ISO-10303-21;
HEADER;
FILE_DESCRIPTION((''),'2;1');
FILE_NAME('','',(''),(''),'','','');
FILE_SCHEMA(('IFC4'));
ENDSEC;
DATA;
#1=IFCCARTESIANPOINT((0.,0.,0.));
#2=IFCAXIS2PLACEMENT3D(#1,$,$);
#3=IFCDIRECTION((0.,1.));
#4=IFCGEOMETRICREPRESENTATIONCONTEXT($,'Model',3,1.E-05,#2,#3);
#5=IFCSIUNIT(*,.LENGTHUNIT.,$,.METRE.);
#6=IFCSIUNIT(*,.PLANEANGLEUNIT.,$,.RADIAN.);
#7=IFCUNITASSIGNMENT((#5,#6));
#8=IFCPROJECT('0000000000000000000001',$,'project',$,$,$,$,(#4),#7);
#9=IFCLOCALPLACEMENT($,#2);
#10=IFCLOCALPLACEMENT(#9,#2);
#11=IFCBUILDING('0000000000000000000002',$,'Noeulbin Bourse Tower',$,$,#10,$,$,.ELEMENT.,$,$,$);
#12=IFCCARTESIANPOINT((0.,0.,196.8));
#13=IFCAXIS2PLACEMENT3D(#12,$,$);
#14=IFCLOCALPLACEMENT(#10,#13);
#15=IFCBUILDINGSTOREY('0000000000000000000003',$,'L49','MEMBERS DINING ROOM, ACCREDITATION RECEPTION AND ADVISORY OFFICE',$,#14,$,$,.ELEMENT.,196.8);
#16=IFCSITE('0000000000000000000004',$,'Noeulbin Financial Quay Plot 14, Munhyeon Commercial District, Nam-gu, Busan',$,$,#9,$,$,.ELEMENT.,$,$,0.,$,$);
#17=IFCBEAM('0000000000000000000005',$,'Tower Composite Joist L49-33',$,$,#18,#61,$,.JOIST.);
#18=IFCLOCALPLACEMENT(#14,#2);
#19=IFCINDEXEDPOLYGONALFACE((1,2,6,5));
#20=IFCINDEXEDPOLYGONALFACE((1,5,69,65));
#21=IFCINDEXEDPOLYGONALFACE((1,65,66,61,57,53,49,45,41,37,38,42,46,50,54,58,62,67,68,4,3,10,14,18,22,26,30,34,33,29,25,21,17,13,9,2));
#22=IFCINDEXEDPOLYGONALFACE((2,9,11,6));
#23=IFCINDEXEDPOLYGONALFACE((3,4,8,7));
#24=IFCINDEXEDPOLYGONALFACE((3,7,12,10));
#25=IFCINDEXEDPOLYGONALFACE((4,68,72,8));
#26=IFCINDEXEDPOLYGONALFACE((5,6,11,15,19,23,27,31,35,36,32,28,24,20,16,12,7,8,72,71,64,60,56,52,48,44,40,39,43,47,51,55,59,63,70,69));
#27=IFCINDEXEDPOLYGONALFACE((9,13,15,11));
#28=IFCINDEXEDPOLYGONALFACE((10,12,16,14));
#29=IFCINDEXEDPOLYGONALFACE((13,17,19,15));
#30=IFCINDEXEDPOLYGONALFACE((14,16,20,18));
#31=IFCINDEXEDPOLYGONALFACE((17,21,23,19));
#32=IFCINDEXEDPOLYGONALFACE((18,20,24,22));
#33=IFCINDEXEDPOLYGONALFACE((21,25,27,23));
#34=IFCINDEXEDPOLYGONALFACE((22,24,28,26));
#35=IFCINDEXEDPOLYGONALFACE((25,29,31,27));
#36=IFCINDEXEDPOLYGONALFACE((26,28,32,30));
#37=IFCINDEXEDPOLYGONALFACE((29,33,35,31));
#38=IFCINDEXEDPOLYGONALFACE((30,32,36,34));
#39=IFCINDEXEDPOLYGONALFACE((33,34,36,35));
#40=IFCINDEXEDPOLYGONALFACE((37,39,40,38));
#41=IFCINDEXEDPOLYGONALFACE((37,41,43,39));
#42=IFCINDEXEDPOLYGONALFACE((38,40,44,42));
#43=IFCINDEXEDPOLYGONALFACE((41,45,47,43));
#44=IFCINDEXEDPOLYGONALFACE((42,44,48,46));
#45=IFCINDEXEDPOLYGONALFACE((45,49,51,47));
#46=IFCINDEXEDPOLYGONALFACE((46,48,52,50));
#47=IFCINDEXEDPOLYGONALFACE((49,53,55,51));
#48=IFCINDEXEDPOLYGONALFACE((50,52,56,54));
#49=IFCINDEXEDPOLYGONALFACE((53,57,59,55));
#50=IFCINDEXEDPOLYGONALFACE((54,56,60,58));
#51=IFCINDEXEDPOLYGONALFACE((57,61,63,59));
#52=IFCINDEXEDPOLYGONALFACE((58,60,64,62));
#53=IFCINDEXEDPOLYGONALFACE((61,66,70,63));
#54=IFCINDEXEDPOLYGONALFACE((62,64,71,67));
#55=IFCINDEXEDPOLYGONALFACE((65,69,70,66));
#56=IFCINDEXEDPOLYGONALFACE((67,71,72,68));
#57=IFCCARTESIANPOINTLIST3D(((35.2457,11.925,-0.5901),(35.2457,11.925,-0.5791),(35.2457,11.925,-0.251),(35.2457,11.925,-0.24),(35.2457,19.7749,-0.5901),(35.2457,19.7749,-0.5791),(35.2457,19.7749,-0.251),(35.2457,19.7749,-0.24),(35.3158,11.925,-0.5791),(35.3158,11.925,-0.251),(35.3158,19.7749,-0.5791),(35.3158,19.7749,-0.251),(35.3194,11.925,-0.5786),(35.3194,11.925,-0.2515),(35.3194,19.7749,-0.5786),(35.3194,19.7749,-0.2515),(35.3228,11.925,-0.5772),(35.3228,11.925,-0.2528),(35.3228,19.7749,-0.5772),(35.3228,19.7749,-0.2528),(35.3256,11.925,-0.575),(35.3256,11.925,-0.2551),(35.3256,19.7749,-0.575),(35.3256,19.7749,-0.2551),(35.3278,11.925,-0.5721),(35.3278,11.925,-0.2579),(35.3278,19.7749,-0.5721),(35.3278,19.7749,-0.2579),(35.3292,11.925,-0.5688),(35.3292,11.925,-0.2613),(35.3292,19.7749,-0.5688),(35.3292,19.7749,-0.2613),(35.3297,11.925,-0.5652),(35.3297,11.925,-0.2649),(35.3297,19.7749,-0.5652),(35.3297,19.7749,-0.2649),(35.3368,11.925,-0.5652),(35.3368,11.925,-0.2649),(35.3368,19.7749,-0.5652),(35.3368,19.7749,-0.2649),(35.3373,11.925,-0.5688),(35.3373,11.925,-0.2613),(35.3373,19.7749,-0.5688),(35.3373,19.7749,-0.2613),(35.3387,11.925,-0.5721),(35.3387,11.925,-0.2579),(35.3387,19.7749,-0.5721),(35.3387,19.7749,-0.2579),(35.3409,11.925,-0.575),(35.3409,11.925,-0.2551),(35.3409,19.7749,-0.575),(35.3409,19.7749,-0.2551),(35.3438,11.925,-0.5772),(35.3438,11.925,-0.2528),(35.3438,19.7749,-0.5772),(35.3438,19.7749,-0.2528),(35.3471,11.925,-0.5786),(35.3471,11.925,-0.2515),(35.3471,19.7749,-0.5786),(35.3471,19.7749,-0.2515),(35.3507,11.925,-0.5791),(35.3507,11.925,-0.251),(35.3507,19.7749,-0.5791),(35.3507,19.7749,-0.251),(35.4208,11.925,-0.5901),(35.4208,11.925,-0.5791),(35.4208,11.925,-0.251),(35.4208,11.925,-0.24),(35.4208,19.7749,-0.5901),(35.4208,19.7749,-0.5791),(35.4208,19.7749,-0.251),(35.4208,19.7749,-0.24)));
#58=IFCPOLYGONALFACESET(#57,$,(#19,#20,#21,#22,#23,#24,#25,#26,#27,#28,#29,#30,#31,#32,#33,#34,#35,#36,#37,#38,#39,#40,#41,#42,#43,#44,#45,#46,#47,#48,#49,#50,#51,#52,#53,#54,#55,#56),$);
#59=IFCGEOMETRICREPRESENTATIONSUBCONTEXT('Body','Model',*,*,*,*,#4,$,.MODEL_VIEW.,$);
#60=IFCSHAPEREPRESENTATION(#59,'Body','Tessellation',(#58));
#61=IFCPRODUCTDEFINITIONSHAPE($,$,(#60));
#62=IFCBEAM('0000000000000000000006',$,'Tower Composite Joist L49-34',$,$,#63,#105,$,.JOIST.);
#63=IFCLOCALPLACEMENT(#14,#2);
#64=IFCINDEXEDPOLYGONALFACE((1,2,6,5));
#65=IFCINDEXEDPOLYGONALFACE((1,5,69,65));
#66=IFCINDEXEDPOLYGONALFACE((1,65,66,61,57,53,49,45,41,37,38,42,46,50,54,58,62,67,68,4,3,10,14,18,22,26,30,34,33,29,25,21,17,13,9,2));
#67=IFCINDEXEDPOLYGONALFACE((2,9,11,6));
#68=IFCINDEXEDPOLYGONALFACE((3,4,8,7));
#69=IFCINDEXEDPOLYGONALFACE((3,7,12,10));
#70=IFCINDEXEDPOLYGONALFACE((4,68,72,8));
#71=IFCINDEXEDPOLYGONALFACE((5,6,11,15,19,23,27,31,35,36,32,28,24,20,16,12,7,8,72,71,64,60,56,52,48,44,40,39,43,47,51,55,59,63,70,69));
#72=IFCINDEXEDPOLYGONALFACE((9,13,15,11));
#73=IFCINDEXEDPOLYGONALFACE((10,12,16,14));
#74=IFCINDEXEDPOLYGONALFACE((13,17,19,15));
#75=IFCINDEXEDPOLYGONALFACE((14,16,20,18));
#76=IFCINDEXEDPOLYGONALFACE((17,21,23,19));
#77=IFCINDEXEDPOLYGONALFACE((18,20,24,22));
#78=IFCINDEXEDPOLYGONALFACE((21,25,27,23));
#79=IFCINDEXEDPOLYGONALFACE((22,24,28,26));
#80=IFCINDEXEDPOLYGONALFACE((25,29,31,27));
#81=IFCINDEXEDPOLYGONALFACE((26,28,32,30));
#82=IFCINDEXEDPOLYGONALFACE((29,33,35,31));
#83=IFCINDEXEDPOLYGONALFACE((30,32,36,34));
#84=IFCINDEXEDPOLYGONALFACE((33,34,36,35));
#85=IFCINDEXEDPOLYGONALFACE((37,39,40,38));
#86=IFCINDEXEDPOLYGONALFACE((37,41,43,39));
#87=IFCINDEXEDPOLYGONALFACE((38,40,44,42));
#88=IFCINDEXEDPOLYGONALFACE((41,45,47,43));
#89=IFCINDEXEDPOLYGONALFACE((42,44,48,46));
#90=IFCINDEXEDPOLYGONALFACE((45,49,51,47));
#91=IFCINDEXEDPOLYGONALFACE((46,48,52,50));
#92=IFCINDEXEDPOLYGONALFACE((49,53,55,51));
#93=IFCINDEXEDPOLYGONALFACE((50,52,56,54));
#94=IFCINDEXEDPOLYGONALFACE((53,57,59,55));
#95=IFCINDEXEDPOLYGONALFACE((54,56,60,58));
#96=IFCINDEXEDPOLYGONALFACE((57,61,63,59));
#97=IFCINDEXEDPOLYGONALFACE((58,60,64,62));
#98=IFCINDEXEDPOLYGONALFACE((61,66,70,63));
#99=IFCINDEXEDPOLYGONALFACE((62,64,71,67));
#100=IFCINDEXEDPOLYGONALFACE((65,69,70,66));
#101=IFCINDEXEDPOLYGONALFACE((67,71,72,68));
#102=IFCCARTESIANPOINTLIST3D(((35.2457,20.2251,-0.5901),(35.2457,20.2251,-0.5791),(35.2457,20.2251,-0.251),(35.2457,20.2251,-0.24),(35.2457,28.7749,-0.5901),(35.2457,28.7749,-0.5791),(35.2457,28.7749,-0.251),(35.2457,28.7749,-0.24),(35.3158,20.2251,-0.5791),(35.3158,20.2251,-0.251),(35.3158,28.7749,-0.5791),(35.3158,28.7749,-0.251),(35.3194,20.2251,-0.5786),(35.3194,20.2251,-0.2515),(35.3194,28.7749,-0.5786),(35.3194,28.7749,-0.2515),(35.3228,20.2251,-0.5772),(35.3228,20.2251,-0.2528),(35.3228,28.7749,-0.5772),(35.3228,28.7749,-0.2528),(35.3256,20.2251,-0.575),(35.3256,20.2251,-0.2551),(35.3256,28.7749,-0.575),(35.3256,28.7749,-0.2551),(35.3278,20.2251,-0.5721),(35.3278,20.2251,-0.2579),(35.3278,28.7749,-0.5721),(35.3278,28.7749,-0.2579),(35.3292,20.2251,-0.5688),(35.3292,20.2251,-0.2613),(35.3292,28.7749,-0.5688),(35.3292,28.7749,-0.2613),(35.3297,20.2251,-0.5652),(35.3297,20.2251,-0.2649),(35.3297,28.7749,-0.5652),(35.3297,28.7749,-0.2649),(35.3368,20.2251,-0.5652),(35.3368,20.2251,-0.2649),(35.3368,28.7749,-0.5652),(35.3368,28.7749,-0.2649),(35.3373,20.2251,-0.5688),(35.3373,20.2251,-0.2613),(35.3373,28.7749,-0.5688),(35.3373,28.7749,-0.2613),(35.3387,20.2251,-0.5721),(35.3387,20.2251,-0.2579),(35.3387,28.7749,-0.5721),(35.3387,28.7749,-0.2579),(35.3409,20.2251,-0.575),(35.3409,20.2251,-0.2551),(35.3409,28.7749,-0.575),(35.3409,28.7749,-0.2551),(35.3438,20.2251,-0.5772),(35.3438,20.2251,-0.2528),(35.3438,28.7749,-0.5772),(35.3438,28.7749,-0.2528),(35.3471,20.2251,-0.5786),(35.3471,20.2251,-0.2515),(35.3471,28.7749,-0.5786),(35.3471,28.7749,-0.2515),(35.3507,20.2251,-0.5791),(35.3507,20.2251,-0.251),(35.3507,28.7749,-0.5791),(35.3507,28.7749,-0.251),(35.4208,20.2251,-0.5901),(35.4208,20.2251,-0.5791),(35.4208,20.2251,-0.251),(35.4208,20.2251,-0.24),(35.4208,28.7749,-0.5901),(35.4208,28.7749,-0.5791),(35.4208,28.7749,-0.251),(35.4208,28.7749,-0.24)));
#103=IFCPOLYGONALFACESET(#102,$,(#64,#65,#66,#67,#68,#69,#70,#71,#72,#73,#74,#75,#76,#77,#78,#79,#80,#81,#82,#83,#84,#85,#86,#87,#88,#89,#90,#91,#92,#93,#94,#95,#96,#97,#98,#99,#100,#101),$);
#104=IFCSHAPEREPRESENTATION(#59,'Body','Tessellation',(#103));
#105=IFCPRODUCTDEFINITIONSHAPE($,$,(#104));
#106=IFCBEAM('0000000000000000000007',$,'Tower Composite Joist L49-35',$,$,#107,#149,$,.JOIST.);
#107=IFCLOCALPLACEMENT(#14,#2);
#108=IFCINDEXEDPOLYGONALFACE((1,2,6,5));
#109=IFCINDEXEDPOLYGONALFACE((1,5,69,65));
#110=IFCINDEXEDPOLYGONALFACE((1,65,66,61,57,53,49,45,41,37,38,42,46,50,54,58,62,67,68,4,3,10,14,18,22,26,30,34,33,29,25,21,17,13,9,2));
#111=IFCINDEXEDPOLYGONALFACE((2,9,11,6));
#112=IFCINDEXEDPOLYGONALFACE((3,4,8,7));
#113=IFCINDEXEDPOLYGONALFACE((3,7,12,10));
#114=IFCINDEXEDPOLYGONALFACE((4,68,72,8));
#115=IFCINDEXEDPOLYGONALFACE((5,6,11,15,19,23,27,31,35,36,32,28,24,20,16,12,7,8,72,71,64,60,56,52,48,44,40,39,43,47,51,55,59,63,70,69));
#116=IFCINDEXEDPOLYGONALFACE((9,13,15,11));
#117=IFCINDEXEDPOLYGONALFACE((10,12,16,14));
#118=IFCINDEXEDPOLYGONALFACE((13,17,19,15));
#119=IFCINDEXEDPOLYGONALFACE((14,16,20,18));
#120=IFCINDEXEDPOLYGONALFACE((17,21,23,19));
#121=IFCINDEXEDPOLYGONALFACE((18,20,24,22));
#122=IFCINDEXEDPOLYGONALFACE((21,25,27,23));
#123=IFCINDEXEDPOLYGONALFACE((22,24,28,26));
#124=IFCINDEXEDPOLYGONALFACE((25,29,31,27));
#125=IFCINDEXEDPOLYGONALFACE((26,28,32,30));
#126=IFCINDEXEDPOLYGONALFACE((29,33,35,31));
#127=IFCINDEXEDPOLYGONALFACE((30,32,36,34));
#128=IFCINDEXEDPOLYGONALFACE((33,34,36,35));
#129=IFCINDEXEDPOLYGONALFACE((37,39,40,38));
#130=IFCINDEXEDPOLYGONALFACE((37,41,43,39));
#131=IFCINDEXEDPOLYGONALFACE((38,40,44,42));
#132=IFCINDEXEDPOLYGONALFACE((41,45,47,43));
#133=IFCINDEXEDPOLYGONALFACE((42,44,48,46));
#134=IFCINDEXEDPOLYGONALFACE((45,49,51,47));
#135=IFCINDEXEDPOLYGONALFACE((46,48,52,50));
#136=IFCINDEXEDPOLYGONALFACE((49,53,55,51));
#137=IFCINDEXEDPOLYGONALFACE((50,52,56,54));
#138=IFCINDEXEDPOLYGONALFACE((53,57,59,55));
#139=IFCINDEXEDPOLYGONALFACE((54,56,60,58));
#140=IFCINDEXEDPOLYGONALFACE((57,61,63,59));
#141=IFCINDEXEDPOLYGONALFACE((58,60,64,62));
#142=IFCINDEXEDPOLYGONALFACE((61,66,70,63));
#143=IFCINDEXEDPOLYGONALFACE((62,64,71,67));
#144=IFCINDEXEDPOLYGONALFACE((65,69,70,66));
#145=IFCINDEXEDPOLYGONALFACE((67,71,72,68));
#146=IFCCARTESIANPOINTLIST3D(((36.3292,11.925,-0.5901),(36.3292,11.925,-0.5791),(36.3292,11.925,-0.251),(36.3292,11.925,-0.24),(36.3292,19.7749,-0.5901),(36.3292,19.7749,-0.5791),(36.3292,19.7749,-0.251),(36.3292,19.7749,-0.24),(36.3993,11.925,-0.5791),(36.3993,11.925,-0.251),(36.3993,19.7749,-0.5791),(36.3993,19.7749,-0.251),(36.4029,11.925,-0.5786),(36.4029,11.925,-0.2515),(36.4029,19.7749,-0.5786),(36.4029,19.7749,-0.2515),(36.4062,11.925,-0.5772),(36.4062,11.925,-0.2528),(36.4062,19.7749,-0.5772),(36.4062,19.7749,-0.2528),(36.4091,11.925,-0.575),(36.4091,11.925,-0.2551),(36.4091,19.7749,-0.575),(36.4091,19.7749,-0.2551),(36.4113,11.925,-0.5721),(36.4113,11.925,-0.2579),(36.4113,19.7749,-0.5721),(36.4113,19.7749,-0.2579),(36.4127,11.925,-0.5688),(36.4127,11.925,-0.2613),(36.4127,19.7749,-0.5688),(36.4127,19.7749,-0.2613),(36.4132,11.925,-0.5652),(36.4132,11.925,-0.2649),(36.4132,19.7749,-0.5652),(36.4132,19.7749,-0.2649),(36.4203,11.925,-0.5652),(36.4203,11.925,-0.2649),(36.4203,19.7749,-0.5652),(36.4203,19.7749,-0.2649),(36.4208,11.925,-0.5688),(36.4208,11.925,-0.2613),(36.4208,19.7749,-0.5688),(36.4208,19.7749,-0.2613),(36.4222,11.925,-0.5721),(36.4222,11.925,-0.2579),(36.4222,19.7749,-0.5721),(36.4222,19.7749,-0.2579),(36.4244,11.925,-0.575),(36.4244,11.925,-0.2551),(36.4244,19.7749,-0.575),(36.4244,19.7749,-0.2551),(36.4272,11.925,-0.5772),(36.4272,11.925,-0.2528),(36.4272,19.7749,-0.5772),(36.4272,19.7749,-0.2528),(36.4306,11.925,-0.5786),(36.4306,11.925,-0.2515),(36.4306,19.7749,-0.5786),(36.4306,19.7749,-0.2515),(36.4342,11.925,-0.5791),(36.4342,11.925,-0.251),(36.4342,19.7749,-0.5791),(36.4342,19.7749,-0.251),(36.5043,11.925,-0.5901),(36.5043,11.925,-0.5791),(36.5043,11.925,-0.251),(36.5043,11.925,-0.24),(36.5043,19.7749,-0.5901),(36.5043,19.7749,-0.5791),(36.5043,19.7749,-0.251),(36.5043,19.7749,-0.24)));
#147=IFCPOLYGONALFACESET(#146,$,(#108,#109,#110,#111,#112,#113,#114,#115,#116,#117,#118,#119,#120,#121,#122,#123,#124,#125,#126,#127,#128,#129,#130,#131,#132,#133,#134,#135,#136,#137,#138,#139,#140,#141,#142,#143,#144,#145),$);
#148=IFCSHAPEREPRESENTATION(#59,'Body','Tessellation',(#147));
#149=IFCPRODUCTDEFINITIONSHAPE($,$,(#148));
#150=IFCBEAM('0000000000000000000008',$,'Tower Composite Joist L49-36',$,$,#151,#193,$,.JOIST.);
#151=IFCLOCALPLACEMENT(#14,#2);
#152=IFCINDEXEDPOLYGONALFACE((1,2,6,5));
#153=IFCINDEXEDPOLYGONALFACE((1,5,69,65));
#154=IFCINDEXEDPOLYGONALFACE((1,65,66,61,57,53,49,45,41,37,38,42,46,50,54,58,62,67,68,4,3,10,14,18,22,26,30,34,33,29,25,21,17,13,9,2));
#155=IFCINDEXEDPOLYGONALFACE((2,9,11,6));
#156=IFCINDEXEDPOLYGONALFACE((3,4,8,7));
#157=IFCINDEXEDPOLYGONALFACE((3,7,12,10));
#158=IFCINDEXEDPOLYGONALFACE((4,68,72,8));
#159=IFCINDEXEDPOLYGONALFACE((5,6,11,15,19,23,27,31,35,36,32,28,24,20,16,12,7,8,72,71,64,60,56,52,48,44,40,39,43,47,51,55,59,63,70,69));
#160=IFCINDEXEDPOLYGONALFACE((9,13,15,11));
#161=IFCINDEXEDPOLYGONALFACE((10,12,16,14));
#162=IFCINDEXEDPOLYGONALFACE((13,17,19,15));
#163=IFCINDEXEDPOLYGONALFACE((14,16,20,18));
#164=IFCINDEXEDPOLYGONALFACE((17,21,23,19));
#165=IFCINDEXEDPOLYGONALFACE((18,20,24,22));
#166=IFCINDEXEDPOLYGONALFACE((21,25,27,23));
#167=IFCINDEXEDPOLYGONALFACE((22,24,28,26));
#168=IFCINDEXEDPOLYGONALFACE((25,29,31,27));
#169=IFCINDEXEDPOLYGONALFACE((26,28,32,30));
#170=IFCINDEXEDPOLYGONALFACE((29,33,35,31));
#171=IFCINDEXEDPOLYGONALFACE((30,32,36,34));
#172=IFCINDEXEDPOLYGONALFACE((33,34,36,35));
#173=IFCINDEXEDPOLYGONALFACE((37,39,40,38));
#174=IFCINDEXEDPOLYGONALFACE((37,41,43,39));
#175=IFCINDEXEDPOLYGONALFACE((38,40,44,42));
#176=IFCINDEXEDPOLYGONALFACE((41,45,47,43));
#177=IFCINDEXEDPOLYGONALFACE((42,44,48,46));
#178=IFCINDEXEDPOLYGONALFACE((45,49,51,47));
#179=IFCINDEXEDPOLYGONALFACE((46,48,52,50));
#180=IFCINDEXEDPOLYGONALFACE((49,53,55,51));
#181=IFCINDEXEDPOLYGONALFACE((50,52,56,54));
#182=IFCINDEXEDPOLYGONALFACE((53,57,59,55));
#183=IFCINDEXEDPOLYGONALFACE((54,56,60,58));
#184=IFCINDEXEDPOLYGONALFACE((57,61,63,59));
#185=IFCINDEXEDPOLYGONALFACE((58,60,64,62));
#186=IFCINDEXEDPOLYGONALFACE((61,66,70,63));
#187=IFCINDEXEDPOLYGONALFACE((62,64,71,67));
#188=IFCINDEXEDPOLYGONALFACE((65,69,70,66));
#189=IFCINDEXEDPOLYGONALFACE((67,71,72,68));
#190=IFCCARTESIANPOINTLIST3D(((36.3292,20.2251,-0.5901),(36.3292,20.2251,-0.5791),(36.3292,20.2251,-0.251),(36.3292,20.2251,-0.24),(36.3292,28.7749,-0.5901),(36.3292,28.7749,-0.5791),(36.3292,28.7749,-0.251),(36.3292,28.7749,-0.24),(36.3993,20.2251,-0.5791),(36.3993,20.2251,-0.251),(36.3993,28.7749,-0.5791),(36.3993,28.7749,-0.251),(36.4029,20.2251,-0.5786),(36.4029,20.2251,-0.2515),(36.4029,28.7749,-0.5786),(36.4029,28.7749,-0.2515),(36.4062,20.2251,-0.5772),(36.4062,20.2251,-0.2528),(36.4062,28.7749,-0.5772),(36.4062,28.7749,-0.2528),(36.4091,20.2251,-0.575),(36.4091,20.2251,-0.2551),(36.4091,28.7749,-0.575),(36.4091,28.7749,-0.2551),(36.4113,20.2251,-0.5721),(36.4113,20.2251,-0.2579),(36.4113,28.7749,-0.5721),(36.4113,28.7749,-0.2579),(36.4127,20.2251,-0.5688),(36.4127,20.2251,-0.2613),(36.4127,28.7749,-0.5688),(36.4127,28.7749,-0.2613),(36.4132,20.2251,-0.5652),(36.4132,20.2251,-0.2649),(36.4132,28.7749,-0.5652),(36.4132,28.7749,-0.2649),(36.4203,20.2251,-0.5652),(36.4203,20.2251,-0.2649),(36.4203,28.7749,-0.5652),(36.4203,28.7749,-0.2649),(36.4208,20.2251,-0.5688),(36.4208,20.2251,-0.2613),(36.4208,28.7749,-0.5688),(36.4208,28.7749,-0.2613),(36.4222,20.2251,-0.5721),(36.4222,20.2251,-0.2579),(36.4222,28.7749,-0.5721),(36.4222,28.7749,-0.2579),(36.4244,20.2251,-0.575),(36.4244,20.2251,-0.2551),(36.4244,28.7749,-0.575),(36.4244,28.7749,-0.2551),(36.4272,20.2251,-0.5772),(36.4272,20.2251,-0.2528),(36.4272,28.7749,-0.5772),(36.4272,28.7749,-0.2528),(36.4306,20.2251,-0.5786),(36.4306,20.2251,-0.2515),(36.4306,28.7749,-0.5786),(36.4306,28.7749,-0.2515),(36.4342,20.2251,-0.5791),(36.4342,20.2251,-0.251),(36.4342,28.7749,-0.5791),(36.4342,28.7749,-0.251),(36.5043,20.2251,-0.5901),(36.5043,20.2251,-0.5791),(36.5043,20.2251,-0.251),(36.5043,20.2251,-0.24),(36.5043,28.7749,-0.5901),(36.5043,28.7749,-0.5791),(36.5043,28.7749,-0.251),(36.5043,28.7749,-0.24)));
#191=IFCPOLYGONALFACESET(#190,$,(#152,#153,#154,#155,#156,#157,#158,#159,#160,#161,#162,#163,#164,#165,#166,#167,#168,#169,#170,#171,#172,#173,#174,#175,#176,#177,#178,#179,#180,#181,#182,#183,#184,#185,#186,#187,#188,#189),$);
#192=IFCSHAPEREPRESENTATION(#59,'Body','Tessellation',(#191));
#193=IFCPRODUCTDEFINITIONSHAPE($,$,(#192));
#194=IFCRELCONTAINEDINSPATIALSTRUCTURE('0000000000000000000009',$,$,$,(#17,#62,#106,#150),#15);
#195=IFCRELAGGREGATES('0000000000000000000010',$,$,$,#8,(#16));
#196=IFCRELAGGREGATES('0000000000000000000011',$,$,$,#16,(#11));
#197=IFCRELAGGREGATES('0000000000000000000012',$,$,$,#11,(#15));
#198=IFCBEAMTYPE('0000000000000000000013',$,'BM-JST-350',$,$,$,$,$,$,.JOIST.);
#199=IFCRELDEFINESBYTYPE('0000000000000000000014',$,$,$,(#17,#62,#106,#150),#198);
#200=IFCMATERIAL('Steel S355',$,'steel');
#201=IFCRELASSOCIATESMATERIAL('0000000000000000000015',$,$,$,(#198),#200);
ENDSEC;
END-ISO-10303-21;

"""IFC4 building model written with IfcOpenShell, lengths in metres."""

from ifc_helpers import new_model, si_unit, direction, frame, origin, origin_2d, place, context, subcontext, project, spatial, i_section, extrude, material, material_profile, profile_set, type_object, element, save


model = new_model("IFC4")

# Units and contexts
model_context = context("Model", 3, precision=1e-05, world=origin(), true_north=direction((0.0, 1.0)))
body_context = subcontext(model_context, "Body", "Model", "MODEL_VIEW")
ifc_project = project(units=[si_unit("LENGTHUNIT", "METRE"), si_unit("PLANEANGLEUNIT", "RADIAN")], contexts=[model_context])

# Site, building, storey
site_placement = place(None, origin())
site = spatial("IfcSite", under=ifc_project, at=site_placement, Name="Noeulbin Financial Quay Plot 14, Munhyeon Commercial District, Nam-gu, Busan", CompositionType="ELEMENT", RefElevation=0.0)
building_placement = place(site_placement, origin())
building = spatial("IfcBuilding", under=site, at=building_placement, Name="Noeulbin Bourse Tower", CompositionType="ELEMENT")
storey_placement = place(building_placement, frame((0.0, 0.0, 196.8)))
storey = spatial("IfcBuildingStorey", under=building, at=storey_placement, Name="L49", Description="MEMBERS DINING ROOM, ACCREDITATION RECEPTION AND ADVISORY OFFICE", CompositionType="ELEMENT", Elevation=196.8)

# Beams
ifc_material_1 = material(Name="Steel S355", Category="steel")
ifc_material_profile_1 = material_profile(ifc_material_1, i_section(OverallWidth=0.175, OverallDepth=0.3501, WebThickness=0.0071, FlangeThickness=0.011, FilletRadius=0.0139, at=origin_2d()), Name="H-350x175x7x11", Category="LoadBearing")
ifc_profile_set_1 = profile_set([ifc_material_profile_1], Name="Steel S355")
beam_type_1 = type_object("IfcBeamType", Name="BM-JST-350", PredefinedType="JOIST", material=ifc_profile_set_1)
beam_1_placement = place(storey_placement, frame((35.3333, 11.925, -0.415), z_axis=(0.0, 1.0, 0.0), x_axis=(-1.0, 0.0, 0.0)))
element("IfcBeam", 1, at=beam_1_placement, inside=storey, type_object=beam_type_1, Name="Tower Composite Joist L49-33", PredefinedType="JOIST", context=body_context, shape_type="SweptSolid", body=[
    extrude(i_section(OverallWidth=0.175, OverallDepth=0.3501, WebThickness=0.0071, FlangeThickness=0.011, FilletRadius=0.0139, at=origin_2d()), origin(), (0.0, 0.0, 1.0), 7.8499),
])
beam_2_placement = place(storey_placement, frame((35.3333, 20.2251, -0.415), z_axis=(0.0, 1.0, 0.0), x_axis=(-1.0, 0.0, 0.0)))
element("IfcBeam", 2, at=beam_2_placement, inside=storey, type_object=beam_type_1, Name="Tower Composite Joist L49-34", PredefinedType="JOIST", context=body_context, shape_type="SweptSolid", body=[
    extrude(i_section(OverallWidth=0.175, OverallDepth=0.3501, WebThickness=0.0071, FlangeThickness=0.011, FilletRadius=0.0139, at=origin_2d()), origin(), (0.0, 0.0, 1.0), 8.5498),
])
beam_3_placement = place(storey_placement, frame((36.4167, 11.925, -0.415), z_axis=(0.0, 1.0, 0.0), x_axis=(-1.0, 0.0, 0.0)))
element("IfcBeam", 3, at=beam_3_placement, inside=storey, type_object=beam_type_1, Name="Tower Composite Joist L49-35", PredefinedType="JOIST", context=body_context, shape_type="SweptSolid", body=[
    extrude(i_section(OverallWidth=0.175, OverallDepth=0.3501, WebThickness=0.0071, FlangeThickness=0.011, FilletRadius=0.0139, at=origin_2d()), origin(), (0.0, 0.0, 1.0), 7.8499),
])
beam_4_placement = place(storey_placement, frame((36.4167, 20.2251, -0.415), z_axis=(0.0, 1.0, 0.0), x_axis=(-1.0, 0.0, 0.0)))
element("IfcBeam", 4, at=beam_4_placement, inside=storey, type_object=beam_type_1, Name="Tower Composite Joist L49-36", PredefinedType="JOIST", context=body_context, shape_type="SweptSolid", body=[
    extrude(i_section(OverallWidth=0.175, OverallDepth=0.3501, WebThickness=0.0071, FlangeThickness=0.011, FilletRadius=0.0139, at=origin_2d()), origin(), (0.0, 0.0, 1.0), 8.5498),
])

save(model, "model.ifc")
